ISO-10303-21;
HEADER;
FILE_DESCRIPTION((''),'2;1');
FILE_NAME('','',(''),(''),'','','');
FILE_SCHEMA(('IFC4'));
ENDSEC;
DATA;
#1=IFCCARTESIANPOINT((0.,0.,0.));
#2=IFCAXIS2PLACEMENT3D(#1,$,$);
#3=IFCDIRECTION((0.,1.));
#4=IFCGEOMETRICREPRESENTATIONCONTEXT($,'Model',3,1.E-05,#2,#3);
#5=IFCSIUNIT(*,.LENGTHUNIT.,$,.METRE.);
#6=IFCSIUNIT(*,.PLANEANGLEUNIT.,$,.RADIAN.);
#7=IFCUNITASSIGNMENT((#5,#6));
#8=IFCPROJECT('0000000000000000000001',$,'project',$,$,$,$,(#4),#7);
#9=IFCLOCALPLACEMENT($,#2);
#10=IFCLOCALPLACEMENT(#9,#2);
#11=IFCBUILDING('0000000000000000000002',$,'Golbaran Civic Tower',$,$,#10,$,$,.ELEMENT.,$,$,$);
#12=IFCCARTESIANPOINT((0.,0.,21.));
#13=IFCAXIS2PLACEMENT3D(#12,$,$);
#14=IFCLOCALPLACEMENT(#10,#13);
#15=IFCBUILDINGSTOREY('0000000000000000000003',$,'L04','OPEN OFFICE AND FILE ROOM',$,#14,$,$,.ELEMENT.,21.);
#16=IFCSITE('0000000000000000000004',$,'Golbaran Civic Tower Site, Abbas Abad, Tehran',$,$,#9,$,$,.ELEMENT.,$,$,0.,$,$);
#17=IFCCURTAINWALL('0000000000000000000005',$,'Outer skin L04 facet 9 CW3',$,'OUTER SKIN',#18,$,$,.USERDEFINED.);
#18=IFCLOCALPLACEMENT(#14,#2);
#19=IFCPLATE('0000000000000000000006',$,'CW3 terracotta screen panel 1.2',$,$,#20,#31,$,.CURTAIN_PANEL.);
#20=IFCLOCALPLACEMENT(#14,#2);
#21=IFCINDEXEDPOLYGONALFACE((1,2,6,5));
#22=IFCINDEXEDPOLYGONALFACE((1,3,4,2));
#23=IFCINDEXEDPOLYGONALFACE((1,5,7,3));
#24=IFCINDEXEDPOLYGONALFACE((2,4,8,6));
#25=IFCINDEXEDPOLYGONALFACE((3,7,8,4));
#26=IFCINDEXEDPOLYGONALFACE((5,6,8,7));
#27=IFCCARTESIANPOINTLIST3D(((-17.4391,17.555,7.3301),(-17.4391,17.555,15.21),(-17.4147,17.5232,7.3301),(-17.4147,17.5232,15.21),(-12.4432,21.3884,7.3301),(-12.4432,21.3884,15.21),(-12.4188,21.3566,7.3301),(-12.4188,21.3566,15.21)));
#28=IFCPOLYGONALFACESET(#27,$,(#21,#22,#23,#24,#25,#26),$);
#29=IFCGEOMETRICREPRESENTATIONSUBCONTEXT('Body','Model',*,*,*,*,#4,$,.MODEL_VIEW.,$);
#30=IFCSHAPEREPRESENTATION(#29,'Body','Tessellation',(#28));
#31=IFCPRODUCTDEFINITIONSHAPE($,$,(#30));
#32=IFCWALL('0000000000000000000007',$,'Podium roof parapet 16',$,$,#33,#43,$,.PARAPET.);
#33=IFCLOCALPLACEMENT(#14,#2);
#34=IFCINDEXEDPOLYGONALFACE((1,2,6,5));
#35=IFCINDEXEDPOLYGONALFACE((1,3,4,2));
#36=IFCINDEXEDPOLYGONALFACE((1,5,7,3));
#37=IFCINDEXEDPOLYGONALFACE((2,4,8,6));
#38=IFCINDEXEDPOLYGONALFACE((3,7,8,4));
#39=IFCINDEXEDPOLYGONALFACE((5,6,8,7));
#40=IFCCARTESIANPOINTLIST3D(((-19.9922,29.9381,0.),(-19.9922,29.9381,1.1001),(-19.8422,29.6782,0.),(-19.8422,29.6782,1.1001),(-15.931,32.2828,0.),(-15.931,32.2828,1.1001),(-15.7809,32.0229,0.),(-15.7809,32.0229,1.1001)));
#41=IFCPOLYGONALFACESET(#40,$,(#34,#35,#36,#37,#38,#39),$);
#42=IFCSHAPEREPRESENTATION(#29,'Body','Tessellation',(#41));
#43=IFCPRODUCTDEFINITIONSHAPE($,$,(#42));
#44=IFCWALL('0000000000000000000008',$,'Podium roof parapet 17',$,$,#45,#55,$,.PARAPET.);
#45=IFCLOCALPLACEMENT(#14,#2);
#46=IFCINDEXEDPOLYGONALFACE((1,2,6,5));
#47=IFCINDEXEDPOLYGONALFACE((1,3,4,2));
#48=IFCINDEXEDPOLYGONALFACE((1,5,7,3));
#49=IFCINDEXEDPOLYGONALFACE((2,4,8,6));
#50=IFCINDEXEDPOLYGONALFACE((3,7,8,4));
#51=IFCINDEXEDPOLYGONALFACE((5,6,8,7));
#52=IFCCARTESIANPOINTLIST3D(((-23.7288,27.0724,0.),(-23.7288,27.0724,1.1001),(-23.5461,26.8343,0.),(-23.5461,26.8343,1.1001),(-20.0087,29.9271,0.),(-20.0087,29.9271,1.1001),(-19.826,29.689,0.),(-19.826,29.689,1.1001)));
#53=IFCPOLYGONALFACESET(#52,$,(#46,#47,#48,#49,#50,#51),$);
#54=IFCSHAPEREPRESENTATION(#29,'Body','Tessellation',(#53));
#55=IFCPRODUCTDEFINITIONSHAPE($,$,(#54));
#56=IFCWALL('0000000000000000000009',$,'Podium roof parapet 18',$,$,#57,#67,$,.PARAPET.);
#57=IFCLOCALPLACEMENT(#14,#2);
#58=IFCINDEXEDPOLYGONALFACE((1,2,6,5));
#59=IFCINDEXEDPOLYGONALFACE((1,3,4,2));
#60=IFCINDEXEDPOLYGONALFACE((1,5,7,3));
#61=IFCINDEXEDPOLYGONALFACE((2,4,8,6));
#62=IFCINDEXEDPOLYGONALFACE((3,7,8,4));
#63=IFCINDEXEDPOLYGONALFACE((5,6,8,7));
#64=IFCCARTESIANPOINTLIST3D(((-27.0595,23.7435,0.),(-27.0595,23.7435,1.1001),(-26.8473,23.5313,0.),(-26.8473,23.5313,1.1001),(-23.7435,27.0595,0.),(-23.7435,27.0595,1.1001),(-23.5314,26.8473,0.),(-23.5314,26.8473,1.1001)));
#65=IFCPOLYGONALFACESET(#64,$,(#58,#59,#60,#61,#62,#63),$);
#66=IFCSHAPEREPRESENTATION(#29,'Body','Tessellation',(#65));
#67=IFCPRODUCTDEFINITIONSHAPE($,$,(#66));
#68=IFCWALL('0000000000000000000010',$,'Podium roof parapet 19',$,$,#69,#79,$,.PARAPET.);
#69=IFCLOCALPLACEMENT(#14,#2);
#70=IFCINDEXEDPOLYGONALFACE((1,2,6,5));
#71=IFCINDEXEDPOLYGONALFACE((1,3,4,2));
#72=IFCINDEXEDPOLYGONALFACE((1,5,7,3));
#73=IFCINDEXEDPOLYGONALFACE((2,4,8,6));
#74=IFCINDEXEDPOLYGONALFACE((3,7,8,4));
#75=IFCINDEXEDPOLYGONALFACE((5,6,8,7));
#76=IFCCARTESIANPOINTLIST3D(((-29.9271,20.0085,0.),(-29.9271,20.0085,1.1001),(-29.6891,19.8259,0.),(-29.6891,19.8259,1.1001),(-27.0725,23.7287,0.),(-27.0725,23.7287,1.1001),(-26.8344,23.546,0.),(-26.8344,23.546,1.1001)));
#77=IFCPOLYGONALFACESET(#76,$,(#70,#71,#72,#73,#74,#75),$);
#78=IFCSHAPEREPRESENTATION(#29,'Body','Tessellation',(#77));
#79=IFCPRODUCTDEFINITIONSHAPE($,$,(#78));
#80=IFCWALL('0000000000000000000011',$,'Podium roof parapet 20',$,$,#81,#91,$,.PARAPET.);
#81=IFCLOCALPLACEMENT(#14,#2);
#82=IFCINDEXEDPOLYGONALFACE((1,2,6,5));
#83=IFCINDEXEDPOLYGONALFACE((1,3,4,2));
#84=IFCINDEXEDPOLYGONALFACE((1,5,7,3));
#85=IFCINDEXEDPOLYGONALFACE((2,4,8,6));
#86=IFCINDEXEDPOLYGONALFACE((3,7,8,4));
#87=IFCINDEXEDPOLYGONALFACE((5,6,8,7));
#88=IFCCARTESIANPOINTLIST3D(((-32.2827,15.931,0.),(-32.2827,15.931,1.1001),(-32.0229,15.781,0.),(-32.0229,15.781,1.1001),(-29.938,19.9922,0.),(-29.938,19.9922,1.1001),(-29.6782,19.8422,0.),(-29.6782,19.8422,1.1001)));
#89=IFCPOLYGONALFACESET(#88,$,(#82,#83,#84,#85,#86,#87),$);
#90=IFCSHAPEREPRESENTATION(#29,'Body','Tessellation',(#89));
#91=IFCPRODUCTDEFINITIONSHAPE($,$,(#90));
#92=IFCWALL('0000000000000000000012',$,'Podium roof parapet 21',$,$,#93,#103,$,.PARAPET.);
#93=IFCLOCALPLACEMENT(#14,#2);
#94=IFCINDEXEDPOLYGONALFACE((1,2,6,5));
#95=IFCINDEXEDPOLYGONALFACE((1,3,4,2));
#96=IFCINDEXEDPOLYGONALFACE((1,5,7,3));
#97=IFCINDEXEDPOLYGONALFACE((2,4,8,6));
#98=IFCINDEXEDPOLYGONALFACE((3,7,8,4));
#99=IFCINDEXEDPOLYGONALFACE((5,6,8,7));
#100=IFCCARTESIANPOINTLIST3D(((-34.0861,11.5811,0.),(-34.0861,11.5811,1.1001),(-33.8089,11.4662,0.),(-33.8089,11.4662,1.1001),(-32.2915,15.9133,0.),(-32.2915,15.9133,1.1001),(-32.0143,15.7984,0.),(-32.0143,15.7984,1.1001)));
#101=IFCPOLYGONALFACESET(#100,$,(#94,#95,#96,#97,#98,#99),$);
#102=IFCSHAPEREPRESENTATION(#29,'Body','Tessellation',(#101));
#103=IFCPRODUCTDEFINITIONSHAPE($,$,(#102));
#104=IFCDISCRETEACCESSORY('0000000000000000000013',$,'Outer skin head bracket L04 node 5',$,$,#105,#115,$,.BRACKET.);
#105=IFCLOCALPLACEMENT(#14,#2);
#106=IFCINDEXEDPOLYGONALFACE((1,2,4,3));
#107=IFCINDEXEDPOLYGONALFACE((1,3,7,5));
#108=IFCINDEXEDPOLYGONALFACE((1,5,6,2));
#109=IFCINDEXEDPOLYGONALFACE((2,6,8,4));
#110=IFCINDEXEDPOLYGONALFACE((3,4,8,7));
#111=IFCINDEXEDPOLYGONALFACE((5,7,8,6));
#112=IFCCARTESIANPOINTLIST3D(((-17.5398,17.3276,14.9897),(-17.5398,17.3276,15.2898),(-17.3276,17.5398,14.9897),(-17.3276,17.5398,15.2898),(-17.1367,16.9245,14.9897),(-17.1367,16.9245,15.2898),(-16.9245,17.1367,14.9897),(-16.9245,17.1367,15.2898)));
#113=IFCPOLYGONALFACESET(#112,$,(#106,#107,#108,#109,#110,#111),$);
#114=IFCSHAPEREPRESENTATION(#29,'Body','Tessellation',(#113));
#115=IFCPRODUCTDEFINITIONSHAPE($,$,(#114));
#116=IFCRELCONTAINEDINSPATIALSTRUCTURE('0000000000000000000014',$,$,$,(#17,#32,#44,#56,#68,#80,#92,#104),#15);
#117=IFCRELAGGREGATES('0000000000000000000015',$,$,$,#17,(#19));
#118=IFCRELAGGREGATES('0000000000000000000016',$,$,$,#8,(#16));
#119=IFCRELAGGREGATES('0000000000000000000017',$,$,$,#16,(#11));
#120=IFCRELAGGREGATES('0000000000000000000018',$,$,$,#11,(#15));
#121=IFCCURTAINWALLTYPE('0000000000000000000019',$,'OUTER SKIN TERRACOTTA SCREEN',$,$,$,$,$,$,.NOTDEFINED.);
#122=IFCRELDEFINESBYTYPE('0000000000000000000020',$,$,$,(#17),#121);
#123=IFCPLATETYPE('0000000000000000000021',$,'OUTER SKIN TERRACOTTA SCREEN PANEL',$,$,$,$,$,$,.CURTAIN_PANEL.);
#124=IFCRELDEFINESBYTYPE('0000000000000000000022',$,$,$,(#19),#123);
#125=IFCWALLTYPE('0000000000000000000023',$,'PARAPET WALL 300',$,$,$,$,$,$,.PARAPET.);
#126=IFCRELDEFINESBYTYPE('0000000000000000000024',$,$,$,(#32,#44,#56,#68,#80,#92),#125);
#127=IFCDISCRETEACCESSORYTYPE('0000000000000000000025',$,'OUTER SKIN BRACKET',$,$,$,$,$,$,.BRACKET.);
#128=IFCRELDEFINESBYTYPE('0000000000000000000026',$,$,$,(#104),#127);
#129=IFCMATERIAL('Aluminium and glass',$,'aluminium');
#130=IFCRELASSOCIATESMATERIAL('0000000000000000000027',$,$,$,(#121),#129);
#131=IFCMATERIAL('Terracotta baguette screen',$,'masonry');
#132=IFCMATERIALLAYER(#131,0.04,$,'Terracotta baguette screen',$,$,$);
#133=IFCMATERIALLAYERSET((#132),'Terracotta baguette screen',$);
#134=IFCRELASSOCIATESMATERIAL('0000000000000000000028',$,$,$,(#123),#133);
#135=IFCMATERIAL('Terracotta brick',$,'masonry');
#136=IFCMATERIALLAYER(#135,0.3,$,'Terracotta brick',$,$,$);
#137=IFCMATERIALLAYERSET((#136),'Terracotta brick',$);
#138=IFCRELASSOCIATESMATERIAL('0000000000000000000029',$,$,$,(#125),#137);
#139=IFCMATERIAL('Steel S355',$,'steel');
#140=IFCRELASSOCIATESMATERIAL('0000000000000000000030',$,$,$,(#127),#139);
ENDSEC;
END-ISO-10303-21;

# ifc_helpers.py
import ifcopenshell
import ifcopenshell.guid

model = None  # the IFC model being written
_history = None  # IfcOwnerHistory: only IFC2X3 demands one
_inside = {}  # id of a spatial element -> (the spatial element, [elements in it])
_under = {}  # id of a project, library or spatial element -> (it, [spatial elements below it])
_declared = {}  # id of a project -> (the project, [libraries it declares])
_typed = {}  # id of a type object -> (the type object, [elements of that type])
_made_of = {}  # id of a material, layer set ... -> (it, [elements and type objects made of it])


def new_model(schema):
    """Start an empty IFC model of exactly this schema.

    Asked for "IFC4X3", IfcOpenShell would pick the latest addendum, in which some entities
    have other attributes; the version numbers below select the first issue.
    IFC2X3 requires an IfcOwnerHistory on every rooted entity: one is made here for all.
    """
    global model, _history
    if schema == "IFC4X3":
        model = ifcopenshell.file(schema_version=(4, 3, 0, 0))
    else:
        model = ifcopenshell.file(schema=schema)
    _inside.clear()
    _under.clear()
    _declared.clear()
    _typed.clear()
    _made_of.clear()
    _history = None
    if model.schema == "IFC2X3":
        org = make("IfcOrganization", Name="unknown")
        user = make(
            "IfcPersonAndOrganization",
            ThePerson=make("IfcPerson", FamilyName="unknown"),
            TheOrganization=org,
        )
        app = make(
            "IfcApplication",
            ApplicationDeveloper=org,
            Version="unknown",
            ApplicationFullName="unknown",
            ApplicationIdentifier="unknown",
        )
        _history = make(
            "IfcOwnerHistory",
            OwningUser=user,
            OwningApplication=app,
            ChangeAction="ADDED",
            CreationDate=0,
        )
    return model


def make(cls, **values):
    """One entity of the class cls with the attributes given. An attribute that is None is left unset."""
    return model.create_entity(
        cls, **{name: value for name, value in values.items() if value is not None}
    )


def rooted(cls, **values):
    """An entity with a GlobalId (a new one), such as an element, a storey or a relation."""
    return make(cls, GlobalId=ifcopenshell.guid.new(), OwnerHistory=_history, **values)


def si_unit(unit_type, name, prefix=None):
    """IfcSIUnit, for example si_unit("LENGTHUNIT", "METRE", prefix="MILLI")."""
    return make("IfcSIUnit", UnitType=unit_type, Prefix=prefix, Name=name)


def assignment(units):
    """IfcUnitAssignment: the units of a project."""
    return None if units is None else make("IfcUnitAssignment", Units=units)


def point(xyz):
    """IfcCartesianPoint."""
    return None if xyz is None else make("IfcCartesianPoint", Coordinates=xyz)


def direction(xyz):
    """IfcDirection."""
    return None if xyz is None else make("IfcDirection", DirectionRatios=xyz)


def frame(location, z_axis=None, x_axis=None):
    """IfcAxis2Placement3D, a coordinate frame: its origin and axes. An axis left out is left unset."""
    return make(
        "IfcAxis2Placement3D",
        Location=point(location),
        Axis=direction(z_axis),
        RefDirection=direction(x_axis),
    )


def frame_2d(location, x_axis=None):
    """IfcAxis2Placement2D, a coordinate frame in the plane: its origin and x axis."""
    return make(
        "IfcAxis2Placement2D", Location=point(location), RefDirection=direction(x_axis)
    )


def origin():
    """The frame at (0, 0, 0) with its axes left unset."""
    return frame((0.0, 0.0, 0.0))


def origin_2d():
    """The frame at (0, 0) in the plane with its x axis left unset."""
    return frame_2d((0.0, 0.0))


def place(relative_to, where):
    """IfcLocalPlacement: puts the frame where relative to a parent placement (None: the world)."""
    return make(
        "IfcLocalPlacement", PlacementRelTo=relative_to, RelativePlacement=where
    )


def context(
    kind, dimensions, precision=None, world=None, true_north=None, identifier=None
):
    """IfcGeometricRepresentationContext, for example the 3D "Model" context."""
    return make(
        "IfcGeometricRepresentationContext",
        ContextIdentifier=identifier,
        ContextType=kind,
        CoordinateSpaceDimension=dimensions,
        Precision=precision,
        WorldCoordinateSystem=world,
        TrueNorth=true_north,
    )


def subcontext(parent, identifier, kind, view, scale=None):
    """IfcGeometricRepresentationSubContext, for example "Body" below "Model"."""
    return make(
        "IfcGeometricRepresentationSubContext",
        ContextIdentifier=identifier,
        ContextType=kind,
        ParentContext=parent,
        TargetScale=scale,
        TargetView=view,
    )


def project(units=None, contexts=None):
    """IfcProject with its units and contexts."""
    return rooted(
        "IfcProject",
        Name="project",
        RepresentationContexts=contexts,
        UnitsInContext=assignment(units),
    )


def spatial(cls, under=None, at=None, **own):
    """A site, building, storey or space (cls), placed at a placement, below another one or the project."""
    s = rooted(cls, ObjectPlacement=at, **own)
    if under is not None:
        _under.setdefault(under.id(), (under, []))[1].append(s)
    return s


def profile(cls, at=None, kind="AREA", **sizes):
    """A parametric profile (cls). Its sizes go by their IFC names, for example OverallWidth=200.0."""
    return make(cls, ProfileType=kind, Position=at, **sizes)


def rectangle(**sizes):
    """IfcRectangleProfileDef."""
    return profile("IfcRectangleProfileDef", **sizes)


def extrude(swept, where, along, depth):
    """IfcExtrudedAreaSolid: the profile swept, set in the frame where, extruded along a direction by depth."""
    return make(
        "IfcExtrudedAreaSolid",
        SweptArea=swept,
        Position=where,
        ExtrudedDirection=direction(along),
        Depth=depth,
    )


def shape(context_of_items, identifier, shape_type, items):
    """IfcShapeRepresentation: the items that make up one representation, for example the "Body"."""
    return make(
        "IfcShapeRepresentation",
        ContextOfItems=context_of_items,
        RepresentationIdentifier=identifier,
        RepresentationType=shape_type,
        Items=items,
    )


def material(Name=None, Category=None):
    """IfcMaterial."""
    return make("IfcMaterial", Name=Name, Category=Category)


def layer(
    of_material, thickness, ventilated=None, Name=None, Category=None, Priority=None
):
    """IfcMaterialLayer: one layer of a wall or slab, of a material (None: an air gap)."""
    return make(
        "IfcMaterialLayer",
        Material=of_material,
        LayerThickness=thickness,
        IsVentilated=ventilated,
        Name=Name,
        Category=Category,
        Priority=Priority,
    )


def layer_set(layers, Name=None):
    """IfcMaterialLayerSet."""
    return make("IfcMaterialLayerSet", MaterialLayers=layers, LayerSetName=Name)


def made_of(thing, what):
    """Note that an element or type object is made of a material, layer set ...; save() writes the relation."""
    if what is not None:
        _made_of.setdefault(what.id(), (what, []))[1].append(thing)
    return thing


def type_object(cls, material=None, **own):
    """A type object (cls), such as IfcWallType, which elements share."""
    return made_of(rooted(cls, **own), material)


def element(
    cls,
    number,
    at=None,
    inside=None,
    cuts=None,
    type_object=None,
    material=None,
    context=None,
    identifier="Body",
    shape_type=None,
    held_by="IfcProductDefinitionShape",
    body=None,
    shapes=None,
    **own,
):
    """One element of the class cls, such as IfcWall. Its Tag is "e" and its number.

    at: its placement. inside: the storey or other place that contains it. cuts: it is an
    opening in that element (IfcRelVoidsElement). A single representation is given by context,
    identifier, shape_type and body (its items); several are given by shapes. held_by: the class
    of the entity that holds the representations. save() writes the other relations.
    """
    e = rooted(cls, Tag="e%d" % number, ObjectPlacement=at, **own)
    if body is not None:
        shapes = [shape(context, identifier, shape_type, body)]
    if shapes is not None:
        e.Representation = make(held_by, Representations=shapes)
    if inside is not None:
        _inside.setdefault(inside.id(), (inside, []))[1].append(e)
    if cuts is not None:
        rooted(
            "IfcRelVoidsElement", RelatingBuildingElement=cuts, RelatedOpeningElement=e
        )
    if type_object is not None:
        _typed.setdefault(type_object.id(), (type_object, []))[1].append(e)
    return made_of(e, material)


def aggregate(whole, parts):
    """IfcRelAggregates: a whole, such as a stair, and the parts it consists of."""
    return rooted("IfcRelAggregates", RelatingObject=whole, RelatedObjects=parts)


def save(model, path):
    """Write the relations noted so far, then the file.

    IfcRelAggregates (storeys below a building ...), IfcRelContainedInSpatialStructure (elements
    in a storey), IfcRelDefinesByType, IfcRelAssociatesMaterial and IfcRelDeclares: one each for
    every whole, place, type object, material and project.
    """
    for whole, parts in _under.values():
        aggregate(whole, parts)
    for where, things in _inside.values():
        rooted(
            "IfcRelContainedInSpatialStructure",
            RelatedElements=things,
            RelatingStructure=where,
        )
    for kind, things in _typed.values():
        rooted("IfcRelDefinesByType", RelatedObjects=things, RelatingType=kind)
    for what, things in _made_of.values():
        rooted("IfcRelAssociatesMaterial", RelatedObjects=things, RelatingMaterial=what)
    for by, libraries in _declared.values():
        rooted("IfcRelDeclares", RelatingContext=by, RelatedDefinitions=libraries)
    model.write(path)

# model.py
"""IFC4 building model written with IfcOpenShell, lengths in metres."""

from ifc_helpers import new_model, si_unit, direction, frame, frame_2d, origin, origin_2d, place, context, subcontext, project, spatial, rectangle, extrude, material, layer, layer_set, type_object, element, aggregate, save


model = new_model("IFC4")

# Units and contexts
model_context = context("Model", 3, precision=1e-05, world=origin(), true_north=direction((0.0, 1.0)))
body_context = subcontext(model_context, "Body", "Model", "MODEL_VIEW")
ifc_project = project(units=[si_unit("LENGTHUNIT", "METRE"), si_unit("PLANEANGLEUNIT", "RADIAN")], contexts=[model_context])

# Site, building, storey
site_placement = place(None, origin())
site = spatial("IfcSite", under=ifc_project, at=site_placement, Name="Golbaran Civic Tower Site, Abbas Abad, Tehran", CompositionType="ELEMENT", RefElevation=0.0)
building_placement = place(site_placement, origin())
building = spatial("IfcBuilding", under=site, at=building_placement, Name="Golbaran Civic Tower", CompositionType="ELEMENT")
storey_placement = place(building_placement, frame((0.0, 0.0, 21.0)))
storey = spatial("IfcBuildingStorey", under=building, at=storey_placement, Name="L04", Description="OPEN OFFICE AND FILE ROOM", CompositionType="ELEMENT", Elevation=21.0)

# Shared definitions
ifc_material_1 = material(Name="Aluminium and glass", Category="aluminium")

# Curtain wall
curtain_wall_type_1 = type_object("IfcCurtainWallType", Name="OUTER SKIN TERRACOTTA SCREEN", PredefinedType="NOTDEFINED", material=ifc_material_1)
curtain_wall_1_placement = place(storey_placement, origin())
curtain_wall_1 = element("IfcCurtainWall", 1, at=curtain_wall_1_placement, inside=storey, type_object=curtain_wall_type_1, Name="Outer skin L04 facet 9 CW3", ObjectType="OUTER SKIN", PredefinedType="USERDEFINED")

# Plate
ifc_material_2 = material(Name="Terracotta baguette screen", Category="masonry")
ifc_layer_1 = layer(ifc_material_2, 0.04, Name="Terracotta baguette screen")
ifc_layer_set_1 = layer_set([ifc_layer_1], Name="Terracotta baguette screen")
plate_type_1 = type_object("IfcPlateType", Name="OUTER SKIN TERRACOTTA SCREEN PANEL", PredefinedType="CURTAIN_PANEL", material=ifc_layer_set_1)
plate_1_placement = place(storey_placement, frame((-14.929, 19.4558, 7.3301), z_axis=(0.0, 0.0, 1.0), x_axis=(-0.793353, -0.608761, 0.0)))
plate_1 = element("IfcPlate", 2, at=plate_1_placement, type_object=plate_type_1, Name="CW3 terracotta screen panel 1.2", PredefinedType="CURTAIN_PANEL", context=body_context, shape_type="SweptSolid", body=[
    extrude(rectangle(XDim=6.2971, YDim=0.04, at=origin_2d()), origin(), (0.0, 0.0, 1.0), 7.8799),
])
aggregate(curtain_wall_1, [plate_1])

# Walls
ifc_material_3 = material(Name="Terracotta brick", Category="masonry")
ifc_layer_2 = layer(ifc_material_3, 0.3, Name="Terracotta brick")
ifc_layer_set_2 = layer_set([ifc_layer_2], Name="Terracotta brick")
wall_type = type_object("IfcWallType", Name="PARAPET WALL 300", PredefinedType="PARAPET", material=ifc_layer_set_2)
wall_1_placement = place(storey_placement, frame((-15.856, 32.1528, 0.0), z_axis=(0.0, 0.0, 1.0), x_axis=(-0.86603, -0.499991, 0.0)))
element("IfcWall", 3, at=wall_1_placement, inside=storey, type_object=wall_type, Name="Podium roof parapet 16", PredefinedType="PARAPET", context=body_context, shape_type="SweptSolid", body=[
    extrude(rectangle(XDim=4.6895, YDim=0.3, at=frame_2d((2.3447, 0.0))), origin(), (0.0, 0.0, 1.0), 1.1001),
])
wall_2_placement = place(storey_placement, frame((-19.9172, 29.8081, 0.0), z_axis=(0.0, 0.0, 1.0), x_axis=(-0.793341, -0.608777, 0.0)))
element("IfcWall", 4, at=wall_2_placement, inside=storey, type_object=wall_type, Name="Podium roof parapet 17", PredefinedType="PARAPET", context=body_context, shape_type="SweptSolid", body=[
    extrude(rectangle(XDim=4.6892, YDim=0.3, at=frame_2d((2.3447, 0.0))), origin(), (0.0, 0.0, 1.0), 1.1001),
])
wall_3_placement = place(storey_placement, frame((-23.6375, 26.9534, 0.0), z_axis=(0.0, 0.0, 1.0), x_axis=(-0.707107, -0.707107, 0.0)))
element("IfcWall", 5, at=wall_3_placement, inside=storey, type_object=wall_type, Name="Podium roof parapet 18", PredefinedType="PARAPET", context=body_context, shape_type="SweptSolid", body=[
    extrude(rectangle(XDim=4.6895, YDim=0.3, at=frame_2d((2.3447, 0.0))), origin(), (0.0, 0.0, 1.0), 1.1001),
])
wall_4_placement = place(storey_placement, frame((-26.9534, 23.6375, 0.0), z_axis=(0.0, 0.0, 1.0), x_axis=(-0.608777, -0.793341, 0.0)))
element("IfcWall", 6, at=wall_4_placement, inside=storey, type_object=wall_type, Name="Podium roof parapet 19", PredefinedType="PARAPET", context=body_context, shape_type="SweptSolid", body=[
    extrude(rectangle(XDim=4.6892, YDim=0.3, at=frame_2d((2.3447, 0.0))), origin(), (0.0, 0.0, 1.0), 1.1001),
])
wall_5_placement = place(storey_placement, frame((-29.8081, 19.9172, 0.0), z_axis=(0.0, 0.0, 1.0), x_axis=(-0.499991, -0.86603, 0.0)))
element("IfcWall", 7, at=wall_5_placement, inside=storey, type_object=wall_type, Name="Podium roof parapet 20", PredefinedType="PARAPET", context=body_context, shape_type="SweptSolid", body=[
    extrude(rectangle(XDim=4.6895, YDim=0.3, at=frame_2d((2.3447, 0.0))), origin(), (0.0, 0.0, 1.0), 1.1001),
])
wall_6_placement = place(storey_placement, frame((-32.1528, 15.856, 0.0), z_axis=(0.0, 0.0, 1.0), x_axis=(-0.382718, -0.923865, 0.0)))
element("IfcWall", 8, at=wall_6_placement, inside=storey, type_object=wall_type, Name="Podium roof parapet 21", PredefinedType="PARAPET", context=body_context, shape_type="SweptSolid", body=[
    extrude(rectangle(XDim=4.6892, YDim=0.3, at=frame_2d((2.3447, 0.0))), origin(), (0.0, 0.0, 1.0), 1.1001),
])

# Discrete accessory
ifc_material_4 = material(Name="Steel S355", Category="steel")
discrete_accessory_type = type_object("IfcDiscreteAccessoryType", Name="OUTER SKIN BRACKET", PredefinedType="BRACKET", material=ifc_material_4)
discrete_accessory_placement = place(storey_placement, frame((-17.2322, 17.2322, 14.9897), z_axis=(0.0, 0.0, 1.0), x_axis=(-0.707107, 0.707107, 0.0)))
element("IfcDiscreteAccessory", 9, at=discrete_accessory_placement, inside=storey, type_object=discrete_accessory_type, Name="Outer skin head bracket L04 node 5", PredefinedType="BRACKET", context=body_context, shape_type="SweptSolid", body=[
    extrude(rectangle(XDim=0.5701, YDim=0.3, at=origin_2d()), origin(), (0.0, 0.0, 1.0), 0.3),
])

save(model, "model.ifc")
